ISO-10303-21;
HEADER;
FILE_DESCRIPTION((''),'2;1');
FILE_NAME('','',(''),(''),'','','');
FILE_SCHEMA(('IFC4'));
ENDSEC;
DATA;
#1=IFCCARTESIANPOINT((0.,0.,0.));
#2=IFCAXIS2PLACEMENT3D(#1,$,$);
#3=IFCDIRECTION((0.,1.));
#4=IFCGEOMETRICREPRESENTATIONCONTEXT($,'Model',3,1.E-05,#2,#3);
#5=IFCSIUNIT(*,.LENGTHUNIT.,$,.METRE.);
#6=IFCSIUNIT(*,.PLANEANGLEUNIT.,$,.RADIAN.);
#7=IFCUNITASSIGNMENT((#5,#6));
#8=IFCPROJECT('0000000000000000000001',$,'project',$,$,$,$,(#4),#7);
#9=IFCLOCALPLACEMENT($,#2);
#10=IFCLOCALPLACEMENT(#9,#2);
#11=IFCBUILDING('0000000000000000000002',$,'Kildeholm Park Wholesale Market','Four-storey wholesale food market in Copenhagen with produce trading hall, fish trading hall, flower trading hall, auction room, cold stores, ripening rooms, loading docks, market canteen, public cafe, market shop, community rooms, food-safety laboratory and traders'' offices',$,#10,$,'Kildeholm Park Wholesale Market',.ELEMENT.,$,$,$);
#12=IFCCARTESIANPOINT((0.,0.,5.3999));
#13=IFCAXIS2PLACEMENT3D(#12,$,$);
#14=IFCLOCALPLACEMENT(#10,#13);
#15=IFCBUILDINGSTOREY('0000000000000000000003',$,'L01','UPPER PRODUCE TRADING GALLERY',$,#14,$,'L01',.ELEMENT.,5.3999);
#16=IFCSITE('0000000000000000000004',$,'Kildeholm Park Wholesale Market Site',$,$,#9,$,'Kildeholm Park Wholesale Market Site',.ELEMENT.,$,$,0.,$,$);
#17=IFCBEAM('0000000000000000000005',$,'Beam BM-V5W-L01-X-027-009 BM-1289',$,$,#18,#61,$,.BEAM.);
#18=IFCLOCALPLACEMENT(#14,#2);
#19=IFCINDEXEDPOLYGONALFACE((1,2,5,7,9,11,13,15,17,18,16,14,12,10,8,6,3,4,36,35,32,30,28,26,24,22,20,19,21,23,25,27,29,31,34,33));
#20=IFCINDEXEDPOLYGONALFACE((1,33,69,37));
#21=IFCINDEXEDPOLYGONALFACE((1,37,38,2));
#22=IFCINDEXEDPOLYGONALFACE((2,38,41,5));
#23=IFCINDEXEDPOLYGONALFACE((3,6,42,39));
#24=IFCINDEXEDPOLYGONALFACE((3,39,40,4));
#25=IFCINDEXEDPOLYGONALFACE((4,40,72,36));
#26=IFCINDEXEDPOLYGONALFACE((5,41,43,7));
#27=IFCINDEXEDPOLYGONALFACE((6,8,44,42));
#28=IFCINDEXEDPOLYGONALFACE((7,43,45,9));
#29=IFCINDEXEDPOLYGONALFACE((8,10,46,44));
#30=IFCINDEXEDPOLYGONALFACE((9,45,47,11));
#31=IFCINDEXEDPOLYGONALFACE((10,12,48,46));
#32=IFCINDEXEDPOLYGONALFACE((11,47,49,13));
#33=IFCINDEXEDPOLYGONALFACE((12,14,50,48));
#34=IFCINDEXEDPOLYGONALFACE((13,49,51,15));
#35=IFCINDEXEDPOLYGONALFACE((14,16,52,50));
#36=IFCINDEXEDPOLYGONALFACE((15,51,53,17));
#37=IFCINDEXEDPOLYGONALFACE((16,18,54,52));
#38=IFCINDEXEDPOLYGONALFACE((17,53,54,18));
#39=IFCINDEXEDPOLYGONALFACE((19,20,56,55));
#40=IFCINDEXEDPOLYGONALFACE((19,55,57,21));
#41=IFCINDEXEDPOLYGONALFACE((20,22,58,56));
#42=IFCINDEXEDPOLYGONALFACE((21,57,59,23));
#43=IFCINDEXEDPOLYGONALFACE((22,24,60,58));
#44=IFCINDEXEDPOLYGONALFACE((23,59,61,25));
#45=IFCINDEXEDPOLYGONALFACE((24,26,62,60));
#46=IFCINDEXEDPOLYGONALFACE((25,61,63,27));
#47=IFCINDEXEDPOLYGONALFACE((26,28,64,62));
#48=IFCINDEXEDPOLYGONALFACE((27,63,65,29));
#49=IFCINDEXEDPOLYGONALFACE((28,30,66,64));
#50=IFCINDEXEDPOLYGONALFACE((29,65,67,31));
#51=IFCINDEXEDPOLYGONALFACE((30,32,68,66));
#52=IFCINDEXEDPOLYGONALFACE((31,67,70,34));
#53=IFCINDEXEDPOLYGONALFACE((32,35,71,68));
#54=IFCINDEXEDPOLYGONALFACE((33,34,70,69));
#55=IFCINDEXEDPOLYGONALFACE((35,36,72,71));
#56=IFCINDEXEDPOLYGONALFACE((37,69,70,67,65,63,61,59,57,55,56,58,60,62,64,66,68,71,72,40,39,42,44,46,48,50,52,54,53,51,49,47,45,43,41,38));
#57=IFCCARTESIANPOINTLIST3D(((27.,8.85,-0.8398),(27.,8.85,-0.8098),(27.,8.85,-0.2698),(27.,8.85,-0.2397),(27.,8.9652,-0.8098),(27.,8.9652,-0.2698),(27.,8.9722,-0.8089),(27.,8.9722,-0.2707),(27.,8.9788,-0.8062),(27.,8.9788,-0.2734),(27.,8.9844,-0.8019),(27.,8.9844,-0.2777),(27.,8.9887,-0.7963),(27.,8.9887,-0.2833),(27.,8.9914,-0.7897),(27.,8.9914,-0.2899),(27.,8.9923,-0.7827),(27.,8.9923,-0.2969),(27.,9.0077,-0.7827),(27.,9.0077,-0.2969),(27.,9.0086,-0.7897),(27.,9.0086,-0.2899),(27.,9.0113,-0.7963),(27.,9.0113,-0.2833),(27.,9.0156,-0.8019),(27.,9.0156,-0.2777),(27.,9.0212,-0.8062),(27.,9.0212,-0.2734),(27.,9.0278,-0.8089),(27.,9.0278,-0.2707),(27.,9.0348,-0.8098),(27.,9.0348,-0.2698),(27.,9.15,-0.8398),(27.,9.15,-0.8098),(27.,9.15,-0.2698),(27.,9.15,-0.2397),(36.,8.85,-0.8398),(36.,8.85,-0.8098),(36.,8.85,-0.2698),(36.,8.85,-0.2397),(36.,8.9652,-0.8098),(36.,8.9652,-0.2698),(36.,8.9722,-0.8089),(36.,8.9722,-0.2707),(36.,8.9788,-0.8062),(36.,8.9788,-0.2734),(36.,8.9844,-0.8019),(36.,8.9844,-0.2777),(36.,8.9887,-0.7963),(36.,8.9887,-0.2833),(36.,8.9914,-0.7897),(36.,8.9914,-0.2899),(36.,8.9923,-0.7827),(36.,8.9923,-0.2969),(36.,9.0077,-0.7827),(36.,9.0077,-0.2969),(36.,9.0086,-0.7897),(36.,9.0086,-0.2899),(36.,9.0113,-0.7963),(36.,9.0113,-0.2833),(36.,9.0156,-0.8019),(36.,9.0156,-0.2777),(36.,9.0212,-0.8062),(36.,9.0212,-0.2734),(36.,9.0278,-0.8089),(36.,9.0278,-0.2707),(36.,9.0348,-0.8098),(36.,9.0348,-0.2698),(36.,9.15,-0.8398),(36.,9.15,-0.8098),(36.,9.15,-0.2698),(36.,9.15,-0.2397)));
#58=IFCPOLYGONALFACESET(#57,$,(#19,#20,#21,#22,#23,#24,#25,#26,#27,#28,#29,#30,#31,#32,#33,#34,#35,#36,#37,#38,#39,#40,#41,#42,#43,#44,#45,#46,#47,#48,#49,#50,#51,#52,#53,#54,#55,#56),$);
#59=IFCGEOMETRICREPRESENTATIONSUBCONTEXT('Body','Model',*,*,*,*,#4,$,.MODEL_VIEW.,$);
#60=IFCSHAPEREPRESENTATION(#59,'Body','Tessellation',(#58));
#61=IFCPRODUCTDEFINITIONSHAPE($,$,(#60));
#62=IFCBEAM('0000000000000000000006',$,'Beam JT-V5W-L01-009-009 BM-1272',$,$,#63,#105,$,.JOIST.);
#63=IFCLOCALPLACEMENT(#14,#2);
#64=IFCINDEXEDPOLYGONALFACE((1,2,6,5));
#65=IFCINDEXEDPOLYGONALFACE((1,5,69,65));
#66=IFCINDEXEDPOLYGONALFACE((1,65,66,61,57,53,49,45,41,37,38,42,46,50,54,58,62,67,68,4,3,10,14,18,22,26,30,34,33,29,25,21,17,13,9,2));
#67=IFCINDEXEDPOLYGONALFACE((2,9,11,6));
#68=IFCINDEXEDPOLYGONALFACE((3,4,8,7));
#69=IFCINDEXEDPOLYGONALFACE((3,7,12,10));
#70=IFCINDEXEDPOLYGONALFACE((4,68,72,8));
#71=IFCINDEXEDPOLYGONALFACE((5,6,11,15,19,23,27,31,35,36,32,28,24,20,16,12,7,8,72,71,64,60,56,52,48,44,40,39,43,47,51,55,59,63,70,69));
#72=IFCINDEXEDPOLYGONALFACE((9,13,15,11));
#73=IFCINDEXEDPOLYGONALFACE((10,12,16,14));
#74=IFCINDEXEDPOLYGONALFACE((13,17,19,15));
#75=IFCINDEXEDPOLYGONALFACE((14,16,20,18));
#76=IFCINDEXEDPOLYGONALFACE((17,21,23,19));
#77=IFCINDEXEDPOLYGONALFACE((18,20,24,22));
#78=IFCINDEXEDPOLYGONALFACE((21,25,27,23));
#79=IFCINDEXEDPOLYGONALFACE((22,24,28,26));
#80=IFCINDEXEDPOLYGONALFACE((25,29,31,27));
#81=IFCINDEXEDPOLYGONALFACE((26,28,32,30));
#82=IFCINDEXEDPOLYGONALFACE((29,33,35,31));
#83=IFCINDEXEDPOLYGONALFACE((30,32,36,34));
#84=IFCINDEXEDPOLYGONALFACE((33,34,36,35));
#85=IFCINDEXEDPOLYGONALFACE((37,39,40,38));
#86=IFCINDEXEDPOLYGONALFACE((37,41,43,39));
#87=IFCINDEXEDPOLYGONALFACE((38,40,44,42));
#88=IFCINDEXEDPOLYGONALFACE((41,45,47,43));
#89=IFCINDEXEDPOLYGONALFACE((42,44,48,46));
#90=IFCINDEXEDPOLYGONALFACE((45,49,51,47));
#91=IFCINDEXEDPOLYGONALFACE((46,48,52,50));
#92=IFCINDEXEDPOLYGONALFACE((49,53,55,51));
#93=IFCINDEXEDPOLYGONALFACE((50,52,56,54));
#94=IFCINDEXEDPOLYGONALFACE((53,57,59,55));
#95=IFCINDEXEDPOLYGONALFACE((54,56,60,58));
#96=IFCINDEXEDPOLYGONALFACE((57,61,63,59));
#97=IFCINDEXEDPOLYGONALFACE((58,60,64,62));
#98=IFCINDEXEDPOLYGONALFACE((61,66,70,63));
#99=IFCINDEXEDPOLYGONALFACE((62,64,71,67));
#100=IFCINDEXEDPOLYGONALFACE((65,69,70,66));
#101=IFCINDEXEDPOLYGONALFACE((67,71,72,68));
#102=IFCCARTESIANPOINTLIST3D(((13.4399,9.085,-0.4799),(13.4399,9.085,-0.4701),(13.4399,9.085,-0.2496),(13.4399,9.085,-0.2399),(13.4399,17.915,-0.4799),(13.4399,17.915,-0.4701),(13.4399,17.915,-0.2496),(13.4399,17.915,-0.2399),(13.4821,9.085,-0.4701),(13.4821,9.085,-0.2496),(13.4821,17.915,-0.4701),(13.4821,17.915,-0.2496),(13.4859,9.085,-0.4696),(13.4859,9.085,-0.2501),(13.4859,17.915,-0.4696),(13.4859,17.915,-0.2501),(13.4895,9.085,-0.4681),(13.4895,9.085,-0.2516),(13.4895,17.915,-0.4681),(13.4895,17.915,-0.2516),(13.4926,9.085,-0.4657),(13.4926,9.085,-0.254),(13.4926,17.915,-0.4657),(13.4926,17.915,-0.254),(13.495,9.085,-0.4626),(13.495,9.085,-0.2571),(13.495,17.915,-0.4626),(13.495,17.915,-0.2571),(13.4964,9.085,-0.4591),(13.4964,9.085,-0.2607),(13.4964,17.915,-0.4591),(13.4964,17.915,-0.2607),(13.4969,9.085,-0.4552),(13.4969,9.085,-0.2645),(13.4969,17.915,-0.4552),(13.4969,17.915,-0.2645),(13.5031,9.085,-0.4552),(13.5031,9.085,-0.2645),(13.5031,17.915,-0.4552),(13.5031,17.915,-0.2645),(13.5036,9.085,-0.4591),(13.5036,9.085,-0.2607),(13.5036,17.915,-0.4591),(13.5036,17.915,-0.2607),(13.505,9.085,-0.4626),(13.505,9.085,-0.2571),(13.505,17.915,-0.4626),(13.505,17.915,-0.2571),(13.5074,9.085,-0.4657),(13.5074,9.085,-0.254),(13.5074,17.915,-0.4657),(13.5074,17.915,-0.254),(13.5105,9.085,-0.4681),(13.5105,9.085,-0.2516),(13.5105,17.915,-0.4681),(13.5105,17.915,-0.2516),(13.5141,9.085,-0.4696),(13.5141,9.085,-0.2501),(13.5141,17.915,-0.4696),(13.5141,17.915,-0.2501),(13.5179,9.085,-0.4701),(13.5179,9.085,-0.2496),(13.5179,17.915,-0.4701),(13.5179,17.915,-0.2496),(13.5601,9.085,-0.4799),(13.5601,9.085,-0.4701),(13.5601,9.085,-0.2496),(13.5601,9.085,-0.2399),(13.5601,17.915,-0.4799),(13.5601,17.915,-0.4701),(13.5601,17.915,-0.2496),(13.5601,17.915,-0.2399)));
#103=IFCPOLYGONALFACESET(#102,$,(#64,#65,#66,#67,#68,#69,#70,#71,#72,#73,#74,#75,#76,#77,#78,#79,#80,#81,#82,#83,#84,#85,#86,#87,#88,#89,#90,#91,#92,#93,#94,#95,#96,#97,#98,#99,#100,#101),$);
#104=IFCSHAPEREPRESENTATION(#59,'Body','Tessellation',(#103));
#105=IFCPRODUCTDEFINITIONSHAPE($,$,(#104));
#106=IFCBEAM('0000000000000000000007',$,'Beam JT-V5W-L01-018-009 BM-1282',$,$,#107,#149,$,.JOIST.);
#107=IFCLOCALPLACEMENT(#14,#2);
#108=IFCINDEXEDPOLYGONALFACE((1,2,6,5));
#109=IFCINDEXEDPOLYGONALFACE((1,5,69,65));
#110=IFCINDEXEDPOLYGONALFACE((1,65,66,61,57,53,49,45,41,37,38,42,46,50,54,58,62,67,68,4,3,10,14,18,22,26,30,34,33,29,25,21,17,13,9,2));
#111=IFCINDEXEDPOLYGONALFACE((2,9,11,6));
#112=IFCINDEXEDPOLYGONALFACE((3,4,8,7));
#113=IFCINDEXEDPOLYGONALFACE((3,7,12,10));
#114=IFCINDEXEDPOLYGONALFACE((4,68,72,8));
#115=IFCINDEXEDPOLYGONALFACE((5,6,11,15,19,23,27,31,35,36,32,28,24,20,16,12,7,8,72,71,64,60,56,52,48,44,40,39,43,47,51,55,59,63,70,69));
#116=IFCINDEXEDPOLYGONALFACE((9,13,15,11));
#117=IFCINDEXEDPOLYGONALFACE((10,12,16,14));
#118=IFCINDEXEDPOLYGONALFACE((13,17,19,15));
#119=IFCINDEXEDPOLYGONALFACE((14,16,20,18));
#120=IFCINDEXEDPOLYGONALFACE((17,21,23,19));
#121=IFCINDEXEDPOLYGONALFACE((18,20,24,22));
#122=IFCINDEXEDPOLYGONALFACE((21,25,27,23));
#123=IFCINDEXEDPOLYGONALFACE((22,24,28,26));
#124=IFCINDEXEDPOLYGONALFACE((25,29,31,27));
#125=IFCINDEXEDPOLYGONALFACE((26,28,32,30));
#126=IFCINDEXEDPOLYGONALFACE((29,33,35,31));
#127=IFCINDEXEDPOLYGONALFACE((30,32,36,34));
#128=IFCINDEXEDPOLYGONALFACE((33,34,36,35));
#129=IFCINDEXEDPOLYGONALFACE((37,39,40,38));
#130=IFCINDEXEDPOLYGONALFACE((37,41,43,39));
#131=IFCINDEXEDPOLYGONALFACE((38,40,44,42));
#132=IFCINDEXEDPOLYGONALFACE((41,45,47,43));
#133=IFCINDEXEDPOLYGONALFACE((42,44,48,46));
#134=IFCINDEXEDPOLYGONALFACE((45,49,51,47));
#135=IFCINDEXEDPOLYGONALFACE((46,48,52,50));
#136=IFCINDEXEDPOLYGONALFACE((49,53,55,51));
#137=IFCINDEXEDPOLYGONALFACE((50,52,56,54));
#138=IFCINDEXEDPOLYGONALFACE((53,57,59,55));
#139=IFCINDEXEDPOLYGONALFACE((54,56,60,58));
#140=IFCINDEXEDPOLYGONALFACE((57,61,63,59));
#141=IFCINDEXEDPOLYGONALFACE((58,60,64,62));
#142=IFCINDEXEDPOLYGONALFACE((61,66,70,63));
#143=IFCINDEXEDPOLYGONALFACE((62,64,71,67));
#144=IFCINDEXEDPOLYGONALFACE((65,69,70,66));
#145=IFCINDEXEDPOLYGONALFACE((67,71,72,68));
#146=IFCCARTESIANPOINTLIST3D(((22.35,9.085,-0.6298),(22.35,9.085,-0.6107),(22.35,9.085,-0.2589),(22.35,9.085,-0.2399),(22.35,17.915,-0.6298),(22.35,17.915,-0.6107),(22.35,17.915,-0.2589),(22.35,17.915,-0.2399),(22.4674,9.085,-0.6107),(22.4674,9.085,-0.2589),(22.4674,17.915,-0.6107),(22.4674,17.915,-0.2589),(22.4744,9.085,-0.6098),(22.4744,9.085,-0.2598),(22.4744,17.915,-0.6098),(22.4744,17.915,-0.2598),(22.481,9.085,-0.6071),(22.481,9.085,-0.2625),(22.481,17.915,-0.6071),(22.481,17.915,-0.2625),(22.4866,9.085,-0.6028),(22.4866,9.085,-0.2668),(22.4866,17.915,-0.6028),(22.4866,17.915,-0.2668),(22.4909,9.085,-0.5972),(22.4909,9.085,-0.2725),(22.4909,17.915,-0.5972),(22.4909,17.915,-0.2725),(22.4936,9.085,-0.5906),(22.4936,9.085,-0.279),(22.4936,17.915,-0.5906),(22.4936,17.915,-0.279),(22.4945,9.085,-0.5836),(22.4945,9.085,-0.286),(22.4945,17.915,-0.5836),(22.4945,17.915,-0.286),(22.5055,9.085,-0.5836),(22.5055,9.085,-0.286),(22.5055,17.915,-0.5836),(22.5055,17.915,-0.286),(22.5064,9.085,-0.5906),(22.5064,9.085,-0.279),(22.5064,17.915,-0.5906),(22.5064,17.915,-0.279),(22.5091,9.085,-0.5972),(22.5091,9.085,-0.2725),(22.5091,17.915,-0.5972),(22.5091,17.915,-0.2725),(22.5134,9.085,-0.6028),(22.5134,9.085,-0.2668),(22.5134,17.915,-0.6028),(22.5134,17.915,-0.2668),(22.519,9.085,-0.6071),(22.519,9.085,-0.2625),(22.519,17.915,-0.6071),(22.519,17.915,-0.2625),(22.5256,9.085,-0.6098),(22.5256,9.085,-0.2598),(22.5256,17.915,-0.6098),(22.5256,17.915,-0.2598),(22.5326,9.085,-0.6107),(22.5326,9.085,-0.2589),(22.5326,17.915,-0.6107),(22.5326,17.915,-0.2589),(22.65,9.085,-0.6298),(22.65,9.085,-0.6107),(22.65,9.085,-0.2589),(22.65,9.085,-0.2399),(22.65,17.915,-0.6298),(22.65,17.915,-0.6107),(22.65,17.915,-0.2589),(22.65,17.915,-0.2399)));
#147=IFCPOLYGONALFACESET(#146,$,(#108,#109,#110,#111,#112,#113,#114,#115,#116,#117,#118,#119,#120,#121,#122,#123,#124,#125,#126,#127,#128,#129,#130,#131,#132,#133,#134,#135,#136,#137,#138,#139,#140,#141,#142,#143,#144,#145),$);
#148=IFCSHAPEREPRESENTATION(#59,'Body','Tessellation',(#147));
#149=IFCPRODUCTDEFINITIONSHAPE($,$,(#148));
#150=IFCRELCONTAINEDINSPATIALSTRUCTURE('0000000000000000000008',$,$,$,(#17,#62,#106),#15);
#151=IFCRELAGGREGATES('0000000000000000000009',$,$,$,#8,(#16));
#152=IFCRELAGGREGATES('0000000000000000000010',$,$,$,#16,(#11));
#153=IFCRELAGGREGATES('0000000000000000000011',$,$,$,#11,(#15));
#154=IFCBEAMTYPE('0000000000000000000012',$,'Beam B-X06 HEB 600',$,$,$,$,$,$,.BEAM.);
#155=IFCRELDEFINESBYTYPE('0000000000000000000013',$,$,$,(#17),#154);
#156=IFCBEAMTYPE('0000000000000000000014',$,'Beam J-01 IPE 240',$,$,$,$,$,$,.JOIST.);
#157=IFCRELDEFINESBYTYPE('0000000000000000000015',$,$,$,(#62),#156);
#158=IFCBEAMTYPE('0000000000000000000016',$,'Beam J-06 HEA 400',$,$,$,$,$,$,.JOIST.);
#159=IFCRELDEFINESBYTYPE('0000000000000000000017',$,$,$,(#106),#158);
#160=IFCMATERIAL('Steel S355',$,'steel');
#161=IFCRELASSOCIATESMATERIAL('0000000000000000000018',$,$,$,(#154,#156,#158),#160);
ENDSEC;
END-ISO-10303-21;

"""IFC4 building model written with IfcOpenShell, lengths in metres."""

from ifc_helpers import new_model, si_unit, direction, frame, origin, origin_2d, place, context, subcontext, project, spatial, i_section, extrude, material, material_profile, profile_set, type_object, element, save


model = new_model("IFC4")

# Units and contexts
model_context = context("Model", 3, precision=1e-05, world=origin(), true_north=direction((0.0, 1.0)))
body_context = subcontext(model_context, "Body", "Model", "MODEL_VIEW")
ifc_project = project(units=[si_unit("LENGTHUNIT", "METRE"), si_unit("PLANEANGLEUNIT", "RADIAN")], contexts=[model_context])

# Site, building, storey
site_placement = place(None, origin())
site = spatial("IfcSite", under=ifc_project, at=site_placement, Name="Kildeholm Park Wholesale Market Site", LongName="Kildeholm Park Wholesale Market Site", CompositionType="ELEMENT", RefElevation=0.0)
building_placement = place(site_placement, origin())
building = spatial("IfcBuilding", under=site, at=building_placement, Name="Kildeholm Park Wholesale Market", Description="Four-storey wholesale food market in Copenhagen with produce trading hall, fish trading hall, flower trading hall, auction room, cold stores, ripening rooms, loading docks, market canteen, public cafe, market shop, community rooms, food-safety laboratory and traders' offices", LongName="Kildeholm Park Wholesale Market", CompositionType="ELEMENT")
storey_placement = place(building_placement, frame((0.0, 0.0, 5.3999)))
storey = spatial("IfcBuildingStorey", under=building, at=storey_placement, Name="L01", Description="UPPER PRODUCE TRADING GALLERY", LongName="L01", CompositionType="ELEMENT", Elevation=5.3999)

# Shared definitions
ifc_material_1 = material(Name="Steel S355", Category="steel")

# Beams
ifc_material_profile_1 = material_profile(ifc_material_1, i_section(OverallWidth=0.3, OverallDepth=0.6001, WebThickness=0.0154, FlangeThickness=0.03, FilletRadius=0.0271, at=origin_2d()), Name="HEB 600")
ifc_profile_set_1 = profile_set([ifc_material_profile_1], Name="Steel S355")
beam_type_1 = type_object("IfcBeamType", Name="Beam B-X06 HEB 600", PredefinedType="BEAM", material=ifc_profile_set_1)
beam_1_placement = place(storey_placement, frame((27.0, 9.0, -0.5398), z_axis=(1.0, 0.0, 0.0), x_axis=(0.0, 1.0, 0.0)))
element("IfcBeam", 1, at=beam_1_placement, inside=storey, type_object=beam_type_1, Name="Beam BM-V5W-L01-X-027-009 BM-1289", PredefinedType="BEAM", context=body_context, shape_type="SweptSolid", body=[
    extrude(i_section(OverallWidth=0.3, OverallDepth=0.6001, WebThickness=0.0154, FlangeThickness=0.03, FilletRadius=0.0271, at=origin_2d()), origin(), (0.0, 0.0, 1.0), 9.0),
])
ifc_material_profile_2 = material_profile(ifc_material_1, i_section(OverallWidth=0.1201, OverallDepth=0.24, WebThickness=0.0061, FlangeThickness=0.0098, FilletRadius=0.0149, at=origin_2d()), Name="IPE 240")
ifc_profile_set_2 = profile_set([ifc_material_profile_2], Name="Steel S355")
beam_type_2 = type_object("IfcBeamType", Name="Beam J-01 IPE 240", PredefinedType="JOIST", material=ifc_profile_set_2)
beam_2_placement = place(storey_placement, frame((13.5, 9.085, -0.3599), z_axis=(0.0, 1.0, 0.0), x_axis=(-1.0, 0.0, 0.0)))
element("IfcBeam", 2, at=beam_2_placement, inside=storey, type_object=beam_type_2, Name="Beam JT-V5W-L01-009-009 BM-1272", PredefinedType="JOIST", context=body_context, shape_type="SweptSolid", body=[
    extrude(i_section(OverallWidth=0.1201, OverallDepth=0.24, WebThickness=0.0061, FlangeThickness=0.0098, FilletRadius=0.0149, at=origin_2d()), origin(), (0.0, 0.0, 1.0), 8.8301),
])
ifc_material_profile_3 = material_profile(ifc_material_1, i_section(OverallWidth=0.3, OverallDepth=0.3899, WebThickness=0.011, FlangeThickness=0.019, FilletRadius=0.0271, at=origin_2d()), Name="HEA 400")
ifc_profile_set_3 = profile_set([ifc_material_profile_3], Name="Steel S355")
beam_type_3 = type_object("IfcBeamType", Name="Beam J-06 HEA 400", PredefinedType="JOIST", material=ifc_profile_set_3)
beam_3_placement = place(storey_placement, frame((22.5, 9.085, -0.4348), z_axis=(0.0, 1.0, 0.0), x_axis=(-1.0, 0.0, 0.0)))
element("IfcBeam", 3, at=beam_3_placement, inside=storey, type_object=beam_type_3, Name="Beam JT-V5W-L01-018-009 BM-1282", PredefinedType="JOIST", context=body_context, shape_type="SweptSolid", body=[
    extrude(i_section(OverallWidth=0.3, OverallDepth=0.3899, WebThickness=0.011, FlangeThickness=0.019, FilletRadius=0.0271, at=origin_2d()), origin(), (0.0, 0.0, 1.0), 8.8301),
])

save(model, "model.ifc")
